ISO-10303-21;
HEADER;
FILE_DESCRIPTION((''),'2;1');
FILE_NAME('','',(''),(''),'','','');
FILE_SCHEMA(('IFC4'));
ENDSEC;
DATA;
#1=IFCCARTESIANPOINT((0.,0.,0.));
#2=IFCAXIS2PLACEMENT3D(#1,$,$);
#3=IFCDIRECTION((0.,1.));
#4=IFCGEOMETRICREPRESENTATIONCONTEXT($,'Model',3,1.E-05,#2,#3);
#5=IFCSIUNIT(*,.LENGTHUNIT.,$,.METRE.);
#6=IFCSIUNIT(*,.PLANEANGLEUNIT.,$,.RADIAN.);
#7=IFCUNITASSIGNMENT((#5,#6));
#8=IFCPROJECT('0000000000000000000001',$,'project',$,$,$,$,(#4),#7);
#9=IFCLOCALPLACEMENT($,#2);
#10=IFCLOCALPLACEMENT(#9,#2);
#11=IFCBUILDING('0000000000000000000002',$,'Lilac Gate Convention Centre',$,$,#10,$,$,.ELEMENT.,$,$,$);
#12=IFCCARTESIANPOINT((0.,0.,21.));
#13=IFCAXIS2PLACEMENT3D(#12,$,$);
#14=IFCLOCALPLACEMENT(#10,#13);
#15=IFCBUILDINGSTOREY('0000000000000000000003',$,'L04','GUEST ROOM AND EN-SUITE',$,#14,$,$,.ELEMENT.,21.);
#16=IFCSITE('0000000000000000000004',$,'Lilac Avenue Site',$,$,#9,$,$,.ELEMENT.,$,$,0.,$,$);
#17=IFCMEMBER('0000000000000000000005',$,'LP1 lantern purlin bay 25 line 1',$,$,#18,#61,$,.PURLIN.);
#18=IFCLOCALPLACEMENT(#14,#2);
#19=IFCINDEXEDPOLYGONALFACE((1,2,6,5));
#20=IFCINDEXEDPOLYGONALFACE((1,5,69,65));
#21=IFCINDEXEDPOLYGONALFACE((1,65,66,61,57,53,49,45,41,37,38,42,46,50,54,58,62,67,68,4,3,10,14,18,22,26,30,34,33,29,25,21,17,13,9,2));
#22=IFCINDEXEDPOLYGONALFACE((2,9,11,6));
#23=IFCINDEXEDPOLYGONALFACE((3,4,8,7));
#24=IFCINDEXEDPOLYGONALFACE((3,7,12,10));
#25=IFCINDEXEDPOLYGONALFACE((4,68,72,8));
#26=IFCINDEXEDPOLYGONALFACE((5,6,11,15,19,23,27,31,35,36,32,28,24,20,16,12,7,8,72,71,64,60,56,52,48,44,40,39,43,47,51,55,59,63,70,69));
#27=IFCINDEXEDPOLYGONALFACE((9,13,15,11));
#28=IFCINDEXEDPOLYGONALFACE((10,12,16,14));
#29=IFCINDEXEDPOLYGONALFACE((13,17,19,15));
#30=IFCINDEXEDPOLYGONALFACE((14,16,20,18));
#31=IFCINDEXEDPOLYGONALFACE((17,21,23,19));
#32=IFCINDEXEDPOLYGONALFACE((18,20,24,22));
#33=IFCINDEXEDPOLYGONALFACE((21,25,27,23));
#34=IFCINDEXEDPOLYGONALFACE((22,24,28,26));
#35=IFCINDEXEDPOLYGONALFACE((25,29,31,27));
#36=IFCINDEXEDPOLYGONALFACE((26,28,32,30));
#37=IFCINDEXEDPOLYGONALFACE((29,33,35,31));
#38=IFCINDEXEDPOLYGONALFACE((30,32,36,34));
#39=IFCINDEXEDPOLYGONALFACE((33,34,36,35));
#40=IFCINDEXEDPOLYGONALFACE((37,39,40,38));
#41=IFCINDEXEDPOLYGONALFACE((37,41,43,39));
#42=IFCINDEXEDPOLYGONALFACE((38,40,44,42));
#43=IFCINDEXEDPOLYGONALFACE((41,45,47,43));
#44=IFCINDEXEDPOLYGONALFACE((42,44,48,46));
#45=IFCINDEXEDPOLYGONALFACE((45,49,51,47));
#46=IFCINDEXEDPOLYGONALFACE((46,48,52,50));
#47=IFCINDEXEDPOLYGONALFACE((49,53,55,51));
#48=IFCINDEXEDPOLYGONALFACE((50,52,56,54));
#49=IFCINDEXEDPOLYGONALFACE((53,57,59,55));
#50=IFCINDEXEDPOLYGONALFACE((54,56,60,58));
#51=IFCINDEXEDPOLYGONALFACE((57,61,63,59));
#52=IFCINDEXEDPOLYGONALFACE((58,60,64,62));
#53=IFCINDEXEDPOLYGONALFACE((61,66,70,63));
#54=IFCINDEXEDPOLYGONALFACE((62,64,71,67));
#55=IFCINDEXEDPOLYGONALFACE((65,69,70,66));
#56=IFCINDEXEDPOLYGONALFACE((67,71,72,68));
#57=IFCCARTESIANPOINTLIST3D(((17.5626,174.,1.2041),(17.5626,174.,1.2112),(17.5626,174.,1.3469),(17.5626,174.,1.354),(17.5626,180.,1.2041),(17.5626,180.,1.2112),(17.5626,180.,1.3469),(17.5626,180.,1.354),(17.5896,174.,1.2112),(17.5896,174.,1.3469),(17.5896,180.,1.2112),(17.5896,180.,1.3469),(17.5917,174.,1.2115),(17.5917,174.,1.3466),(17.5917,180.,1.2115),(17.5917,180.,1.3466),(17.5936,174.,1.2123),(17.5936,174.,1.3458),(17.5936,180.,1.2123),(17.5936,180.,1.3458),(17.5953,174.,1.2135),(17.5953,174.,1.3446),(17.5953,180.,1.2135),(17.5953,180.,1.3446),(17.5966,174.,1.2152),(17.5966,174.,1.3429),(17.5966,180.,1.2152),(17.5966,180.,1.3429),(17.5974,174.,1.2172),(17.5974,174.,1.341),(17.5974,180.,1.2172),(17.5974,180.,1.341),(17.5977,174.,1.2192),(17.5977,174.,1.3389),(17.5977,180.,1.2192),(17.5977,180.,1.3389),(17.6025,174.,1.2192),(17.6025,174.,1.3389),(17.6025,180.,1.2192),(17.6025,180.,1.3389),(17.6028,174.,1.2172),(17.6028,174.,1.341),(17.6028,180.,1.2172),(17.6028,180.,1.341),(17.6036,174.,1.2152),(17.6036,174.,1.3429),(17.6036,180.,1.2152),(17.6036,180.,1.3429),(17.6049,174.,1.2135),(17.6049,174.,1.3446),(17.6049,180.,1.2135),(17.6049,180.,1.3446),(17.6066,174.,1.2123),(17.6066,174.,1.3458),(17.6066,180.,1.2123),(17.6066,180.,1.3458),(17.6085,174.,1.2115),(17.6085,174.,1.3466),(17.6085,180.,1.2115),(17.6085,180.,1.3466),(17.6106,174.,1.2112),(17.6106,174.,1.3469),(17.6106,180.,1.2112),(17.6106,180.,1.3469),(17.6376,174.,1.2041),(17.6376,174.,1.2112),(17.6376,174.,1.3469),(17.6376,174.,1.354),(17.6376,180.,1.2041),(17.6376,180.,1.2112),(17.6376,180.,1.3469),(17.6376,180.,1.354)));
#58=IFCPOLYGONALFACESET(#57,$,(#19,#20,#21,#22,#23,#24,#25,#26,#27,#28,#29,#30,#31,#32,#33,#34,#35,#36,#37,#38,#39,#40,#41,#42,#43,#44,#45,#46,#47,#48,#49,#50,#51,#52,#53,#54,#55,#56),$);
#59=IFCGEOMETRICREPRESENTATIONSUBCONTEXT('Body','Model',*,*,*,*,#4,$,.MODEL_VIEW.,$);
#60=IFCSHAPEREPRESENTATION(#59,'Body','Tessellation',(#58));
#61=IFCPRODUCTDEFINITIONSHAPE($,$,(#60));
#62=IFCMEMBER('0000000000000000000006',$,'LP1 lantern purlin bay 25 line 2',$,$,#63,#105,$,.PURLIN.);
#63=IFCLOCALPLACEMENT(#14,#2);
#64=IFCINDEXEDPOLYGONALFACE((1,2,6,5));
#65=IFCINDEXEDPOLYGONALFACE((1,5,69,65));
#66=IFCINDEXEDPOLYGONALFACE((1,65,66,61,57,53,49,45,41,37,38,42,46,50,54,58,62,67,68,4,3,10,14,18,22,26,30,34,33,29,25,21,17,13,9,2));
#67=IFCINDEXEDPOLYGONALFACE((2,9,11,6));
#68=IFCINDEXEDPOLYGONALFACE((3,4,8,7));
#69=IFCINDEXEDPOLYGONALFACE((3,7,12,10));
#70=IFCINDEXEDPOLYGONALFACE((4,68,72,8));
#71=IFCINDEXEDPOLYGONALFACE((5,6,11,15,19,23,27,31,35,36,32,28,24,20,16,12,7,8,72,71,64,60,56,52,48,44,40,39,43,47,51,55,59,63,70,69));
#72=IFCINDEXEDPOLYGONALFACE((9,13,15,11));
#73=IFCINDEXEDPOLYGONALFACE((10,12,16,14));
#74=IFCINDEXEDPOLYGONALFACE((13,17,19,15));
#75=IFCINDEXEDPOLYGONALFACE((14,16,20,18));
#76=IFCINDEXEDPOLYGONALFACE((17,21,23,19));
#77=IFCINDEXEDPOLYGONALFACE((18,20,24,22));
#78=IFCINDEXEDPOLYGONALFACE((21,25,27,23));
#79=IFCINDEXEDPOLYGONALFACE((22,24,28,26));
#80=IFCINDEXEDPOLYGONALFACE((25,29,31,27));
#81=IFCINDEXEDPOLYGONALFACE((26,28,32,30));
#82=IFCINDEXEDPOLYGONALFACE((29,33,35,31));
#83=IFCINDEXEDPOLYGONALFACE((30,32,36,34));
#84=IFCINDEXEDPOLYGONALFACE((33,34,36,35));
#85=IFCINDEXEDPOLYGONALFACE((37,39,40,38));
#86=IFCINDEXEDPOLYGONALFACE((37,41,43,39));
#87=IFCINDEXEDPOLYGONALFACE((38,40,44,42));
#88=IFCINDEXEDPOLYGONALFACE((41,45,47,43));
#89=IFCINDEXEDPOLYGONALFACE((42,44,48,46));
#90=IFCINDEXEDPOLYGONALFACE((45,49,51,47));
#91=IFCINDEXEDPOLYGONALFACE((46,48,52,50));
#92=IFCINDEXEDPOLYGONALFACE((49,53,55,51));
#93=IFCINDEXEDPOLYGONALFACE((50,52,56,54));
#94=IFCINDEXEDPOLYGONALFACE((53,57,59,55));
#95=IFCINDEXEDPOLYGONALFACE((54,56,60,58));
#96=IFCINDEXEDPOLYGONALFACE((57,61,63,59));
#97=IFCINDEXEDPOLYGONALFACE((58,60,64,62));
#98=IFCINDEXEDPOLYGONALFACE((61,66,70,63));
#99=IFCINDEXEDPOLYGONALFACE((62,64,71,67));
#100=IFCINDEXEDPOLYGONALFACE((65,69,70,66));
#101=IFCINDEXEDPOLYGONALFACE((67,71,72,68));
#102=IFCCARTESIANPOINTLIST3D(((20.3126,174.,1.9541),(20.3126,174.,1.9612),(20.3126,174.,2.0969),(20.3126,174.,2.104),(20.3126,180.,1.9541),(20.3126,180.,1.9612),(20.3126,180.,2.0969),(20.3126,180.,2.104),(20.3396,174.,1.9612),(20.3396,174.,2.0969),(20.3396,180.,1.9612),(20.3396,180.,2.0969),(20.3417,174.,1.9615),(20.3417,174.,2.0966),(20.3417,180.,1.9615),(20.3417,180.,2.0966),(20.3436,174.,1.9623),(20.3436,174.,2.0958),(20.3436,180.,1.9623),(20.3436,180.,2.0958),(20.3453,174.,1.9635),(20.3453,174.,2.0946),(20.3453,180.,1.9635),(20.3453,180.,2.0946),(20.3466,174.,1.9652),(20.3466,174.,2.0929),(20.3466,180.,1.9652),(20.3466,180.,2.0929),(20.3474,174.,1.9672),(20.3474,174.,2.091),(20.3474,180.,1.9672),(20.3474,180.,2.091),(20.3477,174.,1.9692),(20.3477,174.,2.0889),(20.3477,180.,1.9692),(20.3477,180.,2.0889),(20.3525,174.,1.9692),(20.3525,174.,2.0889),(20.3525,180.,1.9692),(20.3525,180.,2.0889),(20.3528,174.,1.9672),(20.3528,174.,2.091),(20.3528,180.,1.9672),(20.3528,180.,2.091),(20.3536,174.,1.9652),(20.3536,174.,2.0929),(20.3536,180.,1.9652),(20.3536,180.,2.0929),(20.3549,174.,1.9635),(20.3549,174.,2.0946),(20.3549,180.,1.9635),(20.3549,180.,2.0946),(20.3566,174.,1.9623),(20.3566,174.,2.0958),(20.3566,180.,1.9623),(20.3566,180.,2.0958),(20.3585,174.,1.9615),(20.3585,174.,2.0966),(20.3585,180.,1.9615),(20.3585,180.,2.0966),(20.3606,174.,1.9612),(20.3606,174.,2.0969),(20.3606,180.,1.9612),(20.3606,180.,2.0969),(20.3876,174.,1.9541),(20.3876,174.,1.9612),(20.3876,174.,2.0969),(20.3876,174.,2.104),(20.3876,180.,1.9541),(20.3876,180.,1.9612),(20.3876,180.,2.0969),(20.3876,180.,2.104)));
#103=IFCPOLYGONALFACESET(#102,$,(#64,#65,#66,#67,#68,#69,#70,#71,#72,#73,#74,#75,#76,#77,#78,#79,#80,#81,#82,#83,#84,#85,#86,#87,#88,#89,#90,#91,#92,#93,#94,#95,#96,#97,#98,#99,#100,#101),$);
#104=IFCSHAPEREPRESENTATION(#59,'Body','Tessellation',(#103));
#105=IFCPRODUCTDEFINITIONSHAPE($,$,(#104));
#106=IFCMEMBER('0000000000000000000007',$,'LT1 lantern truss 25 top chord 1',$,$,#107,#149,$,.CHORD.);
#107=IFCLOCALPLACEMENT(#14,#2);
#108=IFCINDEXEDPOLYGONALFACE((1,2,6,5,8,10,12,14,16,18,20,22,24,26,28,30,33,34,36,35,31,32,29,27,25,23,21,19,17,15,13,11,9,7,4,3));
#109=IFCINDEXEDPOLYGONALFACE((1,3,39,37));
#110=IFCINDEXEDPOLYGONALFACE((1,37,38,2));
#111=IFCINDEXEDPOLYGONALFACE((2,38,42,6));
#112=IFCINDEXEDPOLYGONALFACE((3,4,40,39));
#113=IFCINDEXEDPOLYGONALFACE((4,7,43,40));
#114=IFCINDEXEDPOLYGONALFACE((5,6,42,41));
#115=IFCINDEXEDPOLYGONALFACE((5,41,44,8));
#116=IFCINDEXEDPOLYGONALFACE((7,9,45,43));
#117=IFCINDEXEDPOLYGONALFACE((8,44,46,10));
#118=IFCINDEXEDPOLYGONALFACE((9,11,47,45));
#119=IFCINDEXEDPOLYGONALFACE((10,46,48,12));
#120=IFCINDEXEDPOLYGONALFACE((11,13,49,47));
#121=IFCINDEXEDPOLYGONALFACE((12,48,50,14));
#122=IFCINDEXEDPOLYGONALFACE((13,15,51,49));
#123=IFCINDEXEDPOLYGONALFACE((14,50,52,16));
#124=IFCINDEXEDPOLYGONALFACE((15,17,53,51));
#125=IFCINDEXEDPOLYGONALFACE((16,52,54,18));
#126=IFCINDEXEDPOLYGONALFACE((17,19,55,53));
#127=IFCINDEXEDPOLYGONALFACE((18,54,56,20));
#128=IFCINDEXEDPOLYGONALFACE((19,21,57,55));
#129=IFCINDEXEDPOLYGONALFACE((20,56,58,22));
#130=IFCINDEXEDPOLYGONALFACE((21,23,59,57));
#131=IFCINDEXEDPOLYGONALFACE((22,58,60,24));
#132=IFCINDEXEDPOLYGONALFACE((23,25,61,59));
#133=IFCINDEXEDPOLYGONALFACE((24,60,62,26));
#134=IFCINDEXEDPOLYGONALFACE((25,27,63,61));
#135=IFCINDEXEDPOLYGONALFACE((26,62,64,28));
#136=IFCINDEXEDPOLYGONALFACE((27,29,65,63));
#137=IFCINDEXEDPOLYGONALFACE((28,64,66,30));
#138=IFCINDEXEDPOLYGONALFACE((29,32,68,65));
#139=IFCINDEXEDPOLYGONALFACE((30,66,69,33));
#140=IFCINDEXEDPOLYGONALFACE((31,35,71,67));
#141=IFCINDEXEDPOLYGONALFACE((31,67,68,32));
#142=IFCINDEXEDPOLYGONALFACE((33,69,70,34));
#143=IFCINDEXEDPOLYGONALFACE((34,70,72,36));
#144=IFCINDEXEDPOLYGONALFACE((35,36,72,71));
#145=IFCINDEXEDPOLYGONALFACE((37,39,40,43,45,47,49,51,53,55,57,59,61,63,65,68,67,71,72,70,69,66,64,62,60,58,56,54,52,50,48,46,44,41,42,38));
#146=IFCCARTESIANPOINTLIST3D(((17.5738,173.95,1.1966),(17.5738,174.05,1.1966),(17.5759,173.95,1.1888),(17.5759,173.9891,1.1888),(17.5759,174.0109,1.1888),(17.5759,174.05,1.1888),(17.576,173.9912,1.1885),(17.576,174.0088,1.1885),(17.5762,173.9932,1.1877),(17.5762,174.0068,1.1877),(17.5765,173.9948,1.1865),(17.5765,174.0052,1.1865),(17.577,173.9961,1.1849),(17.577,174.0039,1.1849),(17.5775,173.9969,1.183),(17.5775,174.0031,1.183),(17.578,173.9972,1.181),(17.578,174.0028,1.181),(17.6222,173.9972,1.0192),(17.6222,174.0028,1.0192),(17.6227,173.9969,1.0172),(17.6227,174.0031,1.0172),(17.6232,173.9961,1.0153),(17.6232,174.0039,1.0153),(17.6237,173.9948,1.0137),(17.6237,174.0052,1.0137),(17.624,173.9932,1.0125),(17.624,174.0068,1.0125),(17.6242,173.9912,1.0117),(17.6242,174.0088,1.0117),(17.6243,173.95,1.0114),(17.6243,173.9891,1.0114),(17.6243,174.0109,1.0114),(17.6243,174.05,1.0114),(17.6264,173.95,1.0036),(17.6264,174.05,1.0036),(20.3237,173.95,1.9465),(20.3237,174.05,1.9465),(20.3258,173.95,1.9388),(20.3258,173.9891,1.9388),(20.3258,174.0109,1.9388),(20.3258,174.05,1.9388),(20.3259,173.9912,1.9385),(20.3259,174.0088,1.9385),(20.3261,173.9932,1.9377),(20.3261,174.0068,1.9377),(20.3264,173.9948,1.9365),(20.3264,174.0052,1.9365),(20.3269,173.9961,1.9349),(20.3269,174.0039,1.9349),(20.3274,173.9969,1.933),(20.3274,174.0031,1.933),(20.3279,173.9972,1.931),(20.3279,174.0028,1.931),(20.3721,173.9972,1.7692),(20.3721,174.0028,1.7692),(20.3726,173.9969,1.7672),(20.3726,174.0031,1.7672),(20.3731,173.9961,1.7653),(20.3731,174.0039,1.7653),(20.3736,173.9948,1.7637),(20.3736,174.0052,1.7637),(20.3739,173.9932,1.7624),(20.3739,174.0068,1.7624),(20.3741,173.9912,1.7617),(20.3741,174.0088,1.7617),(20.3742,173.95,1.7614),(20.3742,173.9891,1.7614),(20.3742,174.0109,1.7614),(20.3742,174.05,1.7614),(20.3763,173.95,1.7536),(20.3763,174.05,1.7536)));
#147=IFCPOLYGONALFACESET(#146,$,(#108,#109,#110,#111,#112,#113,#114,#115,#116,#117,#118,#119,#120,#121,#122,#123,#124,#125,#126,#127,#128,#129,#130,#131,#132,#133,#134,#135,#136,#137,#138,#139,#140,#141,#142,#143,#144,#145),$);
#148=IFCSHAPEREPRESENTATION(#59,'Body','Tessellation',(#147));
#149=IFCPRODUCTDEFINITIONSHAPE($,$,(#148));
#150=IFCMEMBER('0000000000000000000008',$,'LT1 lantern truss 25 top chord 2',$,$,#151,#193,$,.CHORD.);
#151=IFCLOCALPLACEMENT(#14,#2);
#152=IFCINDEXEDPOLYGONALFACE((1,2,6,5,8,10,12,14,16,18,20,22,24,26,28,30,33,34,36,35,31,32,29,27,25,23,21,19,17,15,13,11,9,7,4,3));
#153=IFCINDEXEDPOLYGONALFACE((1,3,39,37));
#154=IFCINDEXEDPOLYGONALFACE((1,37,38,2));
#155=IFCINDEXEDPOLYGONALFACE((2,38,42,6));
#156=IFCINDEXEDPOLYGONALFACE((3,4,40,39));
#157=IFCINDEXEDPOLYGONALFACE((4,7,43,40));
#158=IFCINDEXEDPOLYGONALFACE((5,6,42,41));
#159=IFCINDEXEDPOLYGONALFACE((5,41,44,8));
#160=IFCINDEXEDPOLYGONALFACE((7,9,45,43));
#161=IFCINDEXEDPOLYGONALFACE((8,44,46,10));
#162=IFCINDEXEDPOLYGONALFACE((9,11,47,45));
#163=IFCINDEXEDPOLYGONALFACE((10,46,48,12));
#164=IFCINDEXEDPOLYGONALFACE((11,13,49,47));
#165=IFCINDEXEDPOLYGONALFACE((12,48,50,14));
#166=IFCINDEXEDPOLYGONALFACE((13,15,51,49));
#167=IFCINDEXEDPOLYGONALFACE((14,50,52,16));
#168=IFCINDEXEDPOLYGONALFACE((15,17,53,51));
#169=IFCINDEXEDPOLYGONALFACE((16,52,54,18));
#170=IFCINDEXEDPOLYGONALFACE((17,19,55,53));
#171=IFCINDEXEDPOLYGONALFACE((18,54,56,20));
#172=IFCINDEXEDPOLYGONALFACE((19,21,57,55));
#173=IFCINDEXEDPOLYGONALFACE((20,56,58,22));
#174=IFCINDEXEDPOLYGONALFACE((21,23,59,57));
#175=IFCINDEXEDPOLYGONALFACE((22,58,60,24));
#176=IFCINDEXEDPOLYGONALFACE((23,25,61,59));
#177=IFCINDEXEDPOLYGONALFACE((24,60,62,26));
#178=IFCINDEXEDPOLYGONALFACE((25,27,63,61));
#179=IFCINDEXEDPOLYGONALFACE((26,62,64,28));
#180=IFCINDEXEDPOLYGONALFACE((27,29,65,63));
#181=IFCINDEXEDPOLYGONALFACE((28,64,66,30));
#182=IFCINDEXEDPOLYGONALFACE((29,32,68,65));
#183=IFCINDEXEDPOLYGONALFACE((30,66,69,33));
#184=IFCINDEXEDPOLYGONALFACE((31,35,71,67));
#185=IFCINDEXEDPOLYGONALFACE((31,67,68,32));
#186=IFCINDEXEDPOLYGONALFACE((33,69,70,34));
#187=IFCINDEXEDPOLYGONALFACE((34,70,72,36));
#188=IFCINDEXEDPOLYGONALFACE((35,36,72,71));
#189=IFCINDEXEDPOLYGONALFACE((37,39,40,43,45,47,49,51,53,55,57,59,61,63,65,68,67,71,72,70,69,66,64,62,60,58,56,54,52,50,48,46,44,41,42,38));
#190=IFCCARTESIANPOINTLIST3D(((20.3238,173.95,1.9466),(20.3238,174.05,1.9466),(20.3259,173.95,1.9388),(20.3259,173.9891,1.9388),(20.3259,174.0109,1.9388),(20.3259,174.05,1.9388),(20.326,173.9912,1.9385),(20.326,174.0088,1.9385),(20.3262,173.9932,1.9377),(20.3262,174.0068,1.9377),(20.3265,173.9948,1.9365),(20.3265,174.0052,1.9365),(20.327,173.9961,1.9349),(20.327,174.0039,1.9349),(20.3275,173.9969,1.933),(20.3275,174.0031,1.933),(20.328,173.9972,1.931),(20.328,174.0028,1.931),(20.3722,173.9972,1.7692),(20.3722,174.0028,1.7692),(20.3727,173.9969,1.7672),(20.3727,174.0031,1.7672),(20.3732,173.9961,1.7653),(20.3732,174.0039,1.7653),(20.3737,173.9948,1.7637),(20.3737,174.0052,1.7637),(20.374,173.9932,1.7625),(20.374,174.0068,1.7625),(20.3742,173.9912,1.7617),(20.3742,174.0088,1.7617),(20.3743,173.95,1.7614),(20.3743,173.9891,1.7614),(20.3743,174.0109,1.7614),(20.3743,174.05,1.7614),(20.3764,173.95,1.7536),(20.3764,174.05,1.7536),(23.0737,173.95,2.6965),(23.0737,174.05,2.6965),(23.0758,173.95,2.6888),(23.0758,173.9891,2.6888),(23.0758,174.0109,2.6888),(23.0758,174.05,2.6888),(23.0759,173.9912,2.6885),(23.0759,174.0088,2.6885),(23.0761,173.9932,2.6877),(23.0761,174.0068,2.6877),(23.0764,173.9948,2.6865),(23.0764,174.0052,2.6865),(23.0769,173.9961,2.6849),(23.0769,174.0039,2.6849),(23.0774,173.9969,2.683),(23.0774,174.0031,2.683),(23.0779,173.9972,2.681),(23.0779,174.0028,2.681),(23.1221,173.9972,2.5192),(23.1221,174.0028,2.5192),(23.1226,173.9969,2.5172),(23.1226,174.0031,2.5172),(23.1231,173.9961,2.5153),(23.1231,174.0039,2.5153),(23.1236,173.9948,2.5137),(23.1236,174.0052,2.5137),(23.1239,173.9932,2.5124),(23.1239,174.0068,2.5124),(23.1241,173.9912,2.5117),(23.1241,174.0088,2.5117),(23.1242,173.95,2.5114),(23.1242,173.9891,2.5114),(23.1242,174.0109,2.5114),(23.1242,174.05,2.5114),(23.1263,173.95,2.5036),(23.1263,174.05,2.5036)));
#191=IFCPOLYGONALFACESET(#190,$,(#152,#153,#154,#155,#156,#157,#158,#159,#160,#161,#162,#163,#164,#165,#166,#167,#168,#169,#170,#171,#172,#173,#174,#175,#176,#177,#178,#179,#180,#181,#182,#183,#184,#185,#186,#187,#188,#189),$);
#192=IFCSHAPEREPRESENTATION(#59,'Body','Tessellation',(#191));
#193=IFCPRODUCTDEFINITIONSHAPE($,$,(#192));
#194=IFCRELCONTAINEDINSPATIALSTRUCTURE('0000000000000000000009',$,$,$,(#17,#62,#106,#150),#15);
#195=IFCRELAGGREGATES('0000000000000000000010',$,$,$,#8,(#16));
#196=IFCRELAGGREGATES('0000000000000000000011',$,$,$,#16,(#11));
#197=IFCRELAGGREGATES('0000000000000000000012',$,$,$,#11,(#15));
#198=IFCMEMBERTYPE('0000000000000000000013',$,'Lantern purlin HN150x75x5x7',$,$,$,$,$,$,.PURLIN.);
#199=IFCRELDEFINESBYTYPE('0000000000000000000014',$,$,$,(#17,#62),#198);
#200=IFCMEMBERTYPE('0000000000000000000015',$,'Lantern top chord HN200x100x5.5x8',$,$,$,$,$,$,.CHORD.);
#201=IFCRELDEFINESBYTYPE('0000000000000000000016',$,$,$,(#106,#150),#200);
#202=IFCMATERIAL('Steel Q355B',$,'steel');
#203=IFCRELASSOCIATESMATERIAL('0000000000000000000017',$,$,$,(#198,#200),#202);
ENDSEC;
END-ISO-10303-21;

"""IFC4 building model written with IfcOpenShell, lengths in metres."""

from ifc_helpers import new_model, si_unit, direction, frame, origin, origin_2d, place, context, subcontext, project, spatial, i_section, extrude, material, material_profile, profile_set, type_object, element, save


model = new_model("IFC4")

# Units and contexts
model_context = context("Model", 3, precision=1e-05, world=origin(), true_north=direction((0.0, 1.0)))
body_context = subcontext(model_context, "Body", "Model", "MODEL_VIEW")
ifc_project = project(units=[si_unit("LENGTHUNIT", "METRE"), si_unit("PLANEANGLEUNIT", "RADIAN")], contexts=[model_context])

# Site, building, storey
site_placement = place(None, origin())
site = spatial("IfcSite", under=ifc_project, at=site_placement, Name="Lilac Avenue Site", CompositionType="ELEMENT", RefElevation=0.0)
building_placement = place(site_placement, origin())
building = spatial("IfcBuilding", under=site, at=building_placement, Name="Lilac Gate Convention Centre", CompositionType="ELEMENT")
storey_placement = place(building_placement, frame((0.0, 0.0, 21.0)))
storey = spatial("IfcBuildingStorey", under=building, at=storey_placement, Name="L04", Description="GUEST ROOM AND EN-SUITE", CompositionType="ELEMENT", Elevation=21.0)

# Members
ifc_material_1 = material(Name="Steel Q355B", Category="steel")
ifc_material_profile_1 = material_profile(ifc_material_1, i_section(OverallWidth=0.075, OverallDepth=0.1499, WebThickness=0.0049, FlangeThickness=0.0071, FilletRadius=0.0081, at=origin_2d()), Name="HN150x75x5x7")
ifc_profile_set_1 = profile_set([ifc_material_profile_1], Name="Steel Q355B")
member_type_1 = type_object("IfcMemberType", Name="Lantern purlin HN150x75x5x7", PredefinedType="PURLIN", material=ifc_profile_set_1)
for number, where, z_axis, x_axis, name in (
    (1, (17.6001, 174.0, 1.2791), (0.0, 1.0, 0.0), (-1.0, 0.0, 0.0), "LP1 lantern purlin bay 25 line 1"),
    (2, (20.3501, 174.0, 2.0291), (0.0, 1.0, 0.0), (-1.0, 0.0, 0.0), "LP1 lantern purlin bay 25 line 2"),
):
    element("IfcMember", number, at=place(storey_placement, frame(where, z_axis=z_axis, x_axis=x_axis)), inside=storey, type_object=member_type_1, Name=name, PredefinedType="PURLIN", context=body_context, shape_type="SweptSolid", body=[
        extrude(i_section(OverallWidth=0.075, OverallDepth=0.1499, WebThickness=0.0049, FlangeThickness=0.0071, FilletRadius=0.0081, at=origin_2d()), origin(), (0.0, 0.0, 1.0), 6.0),
    ])
ifc_material_profile_2 = material_profile(ifc_material_1, i_section(OverallWidth=0.1001, OverallDepth=0.2, WebThickness=0.0056, FlangeThickness=0.0081, FilletRadius=0.0081, at=origin_2d()), Name="HN200x100x5.5x8")
ifc_profile_set_2 = profile_set([ifc_material_profile_2], Name="Steel Q355B")
member_type_2 = type_object("IfcMemberType", Name="Lantern top chord HN200x100x5.5x8", PredefinedType="CHORD", material=ifc_profile_set_2)
for number, where, z_axis, x_axis, name in (
    (3, (17.6001, 174.0, 1.1001), (0.964764, 0.0, 0.263117), (0.0, 1.0, 0.0), "LT1 lantern truss 25 top chord 1"),
    (4, (20.3501, 174.0, 1.8501), (0.964764, 0.0, 0.263117), (0.0, 1.0, 0.0), "LT1 lantern truss 25 top chord 2"),
):
    element("IfcMember", number, at=place(storey_placement, frame(where, z_axis=z_axis, x_axis=x_axis)), inside=storey, type_object=member_type_2, Name=name, PredefinedType="CHORD", context=body_context, shape_type="SweptSolid", body=[
        extrude(i_section(OverallWidth=0.1001, OverallDepth=0.2, WebThickness=0.0056, FlangeThickness=0.0081, FilletRadius=0.0081, at=origin_2d()), origin(), (0.0, 0.0, 1.0), 2.8503),
    ])

save(model, "model.ifc")
